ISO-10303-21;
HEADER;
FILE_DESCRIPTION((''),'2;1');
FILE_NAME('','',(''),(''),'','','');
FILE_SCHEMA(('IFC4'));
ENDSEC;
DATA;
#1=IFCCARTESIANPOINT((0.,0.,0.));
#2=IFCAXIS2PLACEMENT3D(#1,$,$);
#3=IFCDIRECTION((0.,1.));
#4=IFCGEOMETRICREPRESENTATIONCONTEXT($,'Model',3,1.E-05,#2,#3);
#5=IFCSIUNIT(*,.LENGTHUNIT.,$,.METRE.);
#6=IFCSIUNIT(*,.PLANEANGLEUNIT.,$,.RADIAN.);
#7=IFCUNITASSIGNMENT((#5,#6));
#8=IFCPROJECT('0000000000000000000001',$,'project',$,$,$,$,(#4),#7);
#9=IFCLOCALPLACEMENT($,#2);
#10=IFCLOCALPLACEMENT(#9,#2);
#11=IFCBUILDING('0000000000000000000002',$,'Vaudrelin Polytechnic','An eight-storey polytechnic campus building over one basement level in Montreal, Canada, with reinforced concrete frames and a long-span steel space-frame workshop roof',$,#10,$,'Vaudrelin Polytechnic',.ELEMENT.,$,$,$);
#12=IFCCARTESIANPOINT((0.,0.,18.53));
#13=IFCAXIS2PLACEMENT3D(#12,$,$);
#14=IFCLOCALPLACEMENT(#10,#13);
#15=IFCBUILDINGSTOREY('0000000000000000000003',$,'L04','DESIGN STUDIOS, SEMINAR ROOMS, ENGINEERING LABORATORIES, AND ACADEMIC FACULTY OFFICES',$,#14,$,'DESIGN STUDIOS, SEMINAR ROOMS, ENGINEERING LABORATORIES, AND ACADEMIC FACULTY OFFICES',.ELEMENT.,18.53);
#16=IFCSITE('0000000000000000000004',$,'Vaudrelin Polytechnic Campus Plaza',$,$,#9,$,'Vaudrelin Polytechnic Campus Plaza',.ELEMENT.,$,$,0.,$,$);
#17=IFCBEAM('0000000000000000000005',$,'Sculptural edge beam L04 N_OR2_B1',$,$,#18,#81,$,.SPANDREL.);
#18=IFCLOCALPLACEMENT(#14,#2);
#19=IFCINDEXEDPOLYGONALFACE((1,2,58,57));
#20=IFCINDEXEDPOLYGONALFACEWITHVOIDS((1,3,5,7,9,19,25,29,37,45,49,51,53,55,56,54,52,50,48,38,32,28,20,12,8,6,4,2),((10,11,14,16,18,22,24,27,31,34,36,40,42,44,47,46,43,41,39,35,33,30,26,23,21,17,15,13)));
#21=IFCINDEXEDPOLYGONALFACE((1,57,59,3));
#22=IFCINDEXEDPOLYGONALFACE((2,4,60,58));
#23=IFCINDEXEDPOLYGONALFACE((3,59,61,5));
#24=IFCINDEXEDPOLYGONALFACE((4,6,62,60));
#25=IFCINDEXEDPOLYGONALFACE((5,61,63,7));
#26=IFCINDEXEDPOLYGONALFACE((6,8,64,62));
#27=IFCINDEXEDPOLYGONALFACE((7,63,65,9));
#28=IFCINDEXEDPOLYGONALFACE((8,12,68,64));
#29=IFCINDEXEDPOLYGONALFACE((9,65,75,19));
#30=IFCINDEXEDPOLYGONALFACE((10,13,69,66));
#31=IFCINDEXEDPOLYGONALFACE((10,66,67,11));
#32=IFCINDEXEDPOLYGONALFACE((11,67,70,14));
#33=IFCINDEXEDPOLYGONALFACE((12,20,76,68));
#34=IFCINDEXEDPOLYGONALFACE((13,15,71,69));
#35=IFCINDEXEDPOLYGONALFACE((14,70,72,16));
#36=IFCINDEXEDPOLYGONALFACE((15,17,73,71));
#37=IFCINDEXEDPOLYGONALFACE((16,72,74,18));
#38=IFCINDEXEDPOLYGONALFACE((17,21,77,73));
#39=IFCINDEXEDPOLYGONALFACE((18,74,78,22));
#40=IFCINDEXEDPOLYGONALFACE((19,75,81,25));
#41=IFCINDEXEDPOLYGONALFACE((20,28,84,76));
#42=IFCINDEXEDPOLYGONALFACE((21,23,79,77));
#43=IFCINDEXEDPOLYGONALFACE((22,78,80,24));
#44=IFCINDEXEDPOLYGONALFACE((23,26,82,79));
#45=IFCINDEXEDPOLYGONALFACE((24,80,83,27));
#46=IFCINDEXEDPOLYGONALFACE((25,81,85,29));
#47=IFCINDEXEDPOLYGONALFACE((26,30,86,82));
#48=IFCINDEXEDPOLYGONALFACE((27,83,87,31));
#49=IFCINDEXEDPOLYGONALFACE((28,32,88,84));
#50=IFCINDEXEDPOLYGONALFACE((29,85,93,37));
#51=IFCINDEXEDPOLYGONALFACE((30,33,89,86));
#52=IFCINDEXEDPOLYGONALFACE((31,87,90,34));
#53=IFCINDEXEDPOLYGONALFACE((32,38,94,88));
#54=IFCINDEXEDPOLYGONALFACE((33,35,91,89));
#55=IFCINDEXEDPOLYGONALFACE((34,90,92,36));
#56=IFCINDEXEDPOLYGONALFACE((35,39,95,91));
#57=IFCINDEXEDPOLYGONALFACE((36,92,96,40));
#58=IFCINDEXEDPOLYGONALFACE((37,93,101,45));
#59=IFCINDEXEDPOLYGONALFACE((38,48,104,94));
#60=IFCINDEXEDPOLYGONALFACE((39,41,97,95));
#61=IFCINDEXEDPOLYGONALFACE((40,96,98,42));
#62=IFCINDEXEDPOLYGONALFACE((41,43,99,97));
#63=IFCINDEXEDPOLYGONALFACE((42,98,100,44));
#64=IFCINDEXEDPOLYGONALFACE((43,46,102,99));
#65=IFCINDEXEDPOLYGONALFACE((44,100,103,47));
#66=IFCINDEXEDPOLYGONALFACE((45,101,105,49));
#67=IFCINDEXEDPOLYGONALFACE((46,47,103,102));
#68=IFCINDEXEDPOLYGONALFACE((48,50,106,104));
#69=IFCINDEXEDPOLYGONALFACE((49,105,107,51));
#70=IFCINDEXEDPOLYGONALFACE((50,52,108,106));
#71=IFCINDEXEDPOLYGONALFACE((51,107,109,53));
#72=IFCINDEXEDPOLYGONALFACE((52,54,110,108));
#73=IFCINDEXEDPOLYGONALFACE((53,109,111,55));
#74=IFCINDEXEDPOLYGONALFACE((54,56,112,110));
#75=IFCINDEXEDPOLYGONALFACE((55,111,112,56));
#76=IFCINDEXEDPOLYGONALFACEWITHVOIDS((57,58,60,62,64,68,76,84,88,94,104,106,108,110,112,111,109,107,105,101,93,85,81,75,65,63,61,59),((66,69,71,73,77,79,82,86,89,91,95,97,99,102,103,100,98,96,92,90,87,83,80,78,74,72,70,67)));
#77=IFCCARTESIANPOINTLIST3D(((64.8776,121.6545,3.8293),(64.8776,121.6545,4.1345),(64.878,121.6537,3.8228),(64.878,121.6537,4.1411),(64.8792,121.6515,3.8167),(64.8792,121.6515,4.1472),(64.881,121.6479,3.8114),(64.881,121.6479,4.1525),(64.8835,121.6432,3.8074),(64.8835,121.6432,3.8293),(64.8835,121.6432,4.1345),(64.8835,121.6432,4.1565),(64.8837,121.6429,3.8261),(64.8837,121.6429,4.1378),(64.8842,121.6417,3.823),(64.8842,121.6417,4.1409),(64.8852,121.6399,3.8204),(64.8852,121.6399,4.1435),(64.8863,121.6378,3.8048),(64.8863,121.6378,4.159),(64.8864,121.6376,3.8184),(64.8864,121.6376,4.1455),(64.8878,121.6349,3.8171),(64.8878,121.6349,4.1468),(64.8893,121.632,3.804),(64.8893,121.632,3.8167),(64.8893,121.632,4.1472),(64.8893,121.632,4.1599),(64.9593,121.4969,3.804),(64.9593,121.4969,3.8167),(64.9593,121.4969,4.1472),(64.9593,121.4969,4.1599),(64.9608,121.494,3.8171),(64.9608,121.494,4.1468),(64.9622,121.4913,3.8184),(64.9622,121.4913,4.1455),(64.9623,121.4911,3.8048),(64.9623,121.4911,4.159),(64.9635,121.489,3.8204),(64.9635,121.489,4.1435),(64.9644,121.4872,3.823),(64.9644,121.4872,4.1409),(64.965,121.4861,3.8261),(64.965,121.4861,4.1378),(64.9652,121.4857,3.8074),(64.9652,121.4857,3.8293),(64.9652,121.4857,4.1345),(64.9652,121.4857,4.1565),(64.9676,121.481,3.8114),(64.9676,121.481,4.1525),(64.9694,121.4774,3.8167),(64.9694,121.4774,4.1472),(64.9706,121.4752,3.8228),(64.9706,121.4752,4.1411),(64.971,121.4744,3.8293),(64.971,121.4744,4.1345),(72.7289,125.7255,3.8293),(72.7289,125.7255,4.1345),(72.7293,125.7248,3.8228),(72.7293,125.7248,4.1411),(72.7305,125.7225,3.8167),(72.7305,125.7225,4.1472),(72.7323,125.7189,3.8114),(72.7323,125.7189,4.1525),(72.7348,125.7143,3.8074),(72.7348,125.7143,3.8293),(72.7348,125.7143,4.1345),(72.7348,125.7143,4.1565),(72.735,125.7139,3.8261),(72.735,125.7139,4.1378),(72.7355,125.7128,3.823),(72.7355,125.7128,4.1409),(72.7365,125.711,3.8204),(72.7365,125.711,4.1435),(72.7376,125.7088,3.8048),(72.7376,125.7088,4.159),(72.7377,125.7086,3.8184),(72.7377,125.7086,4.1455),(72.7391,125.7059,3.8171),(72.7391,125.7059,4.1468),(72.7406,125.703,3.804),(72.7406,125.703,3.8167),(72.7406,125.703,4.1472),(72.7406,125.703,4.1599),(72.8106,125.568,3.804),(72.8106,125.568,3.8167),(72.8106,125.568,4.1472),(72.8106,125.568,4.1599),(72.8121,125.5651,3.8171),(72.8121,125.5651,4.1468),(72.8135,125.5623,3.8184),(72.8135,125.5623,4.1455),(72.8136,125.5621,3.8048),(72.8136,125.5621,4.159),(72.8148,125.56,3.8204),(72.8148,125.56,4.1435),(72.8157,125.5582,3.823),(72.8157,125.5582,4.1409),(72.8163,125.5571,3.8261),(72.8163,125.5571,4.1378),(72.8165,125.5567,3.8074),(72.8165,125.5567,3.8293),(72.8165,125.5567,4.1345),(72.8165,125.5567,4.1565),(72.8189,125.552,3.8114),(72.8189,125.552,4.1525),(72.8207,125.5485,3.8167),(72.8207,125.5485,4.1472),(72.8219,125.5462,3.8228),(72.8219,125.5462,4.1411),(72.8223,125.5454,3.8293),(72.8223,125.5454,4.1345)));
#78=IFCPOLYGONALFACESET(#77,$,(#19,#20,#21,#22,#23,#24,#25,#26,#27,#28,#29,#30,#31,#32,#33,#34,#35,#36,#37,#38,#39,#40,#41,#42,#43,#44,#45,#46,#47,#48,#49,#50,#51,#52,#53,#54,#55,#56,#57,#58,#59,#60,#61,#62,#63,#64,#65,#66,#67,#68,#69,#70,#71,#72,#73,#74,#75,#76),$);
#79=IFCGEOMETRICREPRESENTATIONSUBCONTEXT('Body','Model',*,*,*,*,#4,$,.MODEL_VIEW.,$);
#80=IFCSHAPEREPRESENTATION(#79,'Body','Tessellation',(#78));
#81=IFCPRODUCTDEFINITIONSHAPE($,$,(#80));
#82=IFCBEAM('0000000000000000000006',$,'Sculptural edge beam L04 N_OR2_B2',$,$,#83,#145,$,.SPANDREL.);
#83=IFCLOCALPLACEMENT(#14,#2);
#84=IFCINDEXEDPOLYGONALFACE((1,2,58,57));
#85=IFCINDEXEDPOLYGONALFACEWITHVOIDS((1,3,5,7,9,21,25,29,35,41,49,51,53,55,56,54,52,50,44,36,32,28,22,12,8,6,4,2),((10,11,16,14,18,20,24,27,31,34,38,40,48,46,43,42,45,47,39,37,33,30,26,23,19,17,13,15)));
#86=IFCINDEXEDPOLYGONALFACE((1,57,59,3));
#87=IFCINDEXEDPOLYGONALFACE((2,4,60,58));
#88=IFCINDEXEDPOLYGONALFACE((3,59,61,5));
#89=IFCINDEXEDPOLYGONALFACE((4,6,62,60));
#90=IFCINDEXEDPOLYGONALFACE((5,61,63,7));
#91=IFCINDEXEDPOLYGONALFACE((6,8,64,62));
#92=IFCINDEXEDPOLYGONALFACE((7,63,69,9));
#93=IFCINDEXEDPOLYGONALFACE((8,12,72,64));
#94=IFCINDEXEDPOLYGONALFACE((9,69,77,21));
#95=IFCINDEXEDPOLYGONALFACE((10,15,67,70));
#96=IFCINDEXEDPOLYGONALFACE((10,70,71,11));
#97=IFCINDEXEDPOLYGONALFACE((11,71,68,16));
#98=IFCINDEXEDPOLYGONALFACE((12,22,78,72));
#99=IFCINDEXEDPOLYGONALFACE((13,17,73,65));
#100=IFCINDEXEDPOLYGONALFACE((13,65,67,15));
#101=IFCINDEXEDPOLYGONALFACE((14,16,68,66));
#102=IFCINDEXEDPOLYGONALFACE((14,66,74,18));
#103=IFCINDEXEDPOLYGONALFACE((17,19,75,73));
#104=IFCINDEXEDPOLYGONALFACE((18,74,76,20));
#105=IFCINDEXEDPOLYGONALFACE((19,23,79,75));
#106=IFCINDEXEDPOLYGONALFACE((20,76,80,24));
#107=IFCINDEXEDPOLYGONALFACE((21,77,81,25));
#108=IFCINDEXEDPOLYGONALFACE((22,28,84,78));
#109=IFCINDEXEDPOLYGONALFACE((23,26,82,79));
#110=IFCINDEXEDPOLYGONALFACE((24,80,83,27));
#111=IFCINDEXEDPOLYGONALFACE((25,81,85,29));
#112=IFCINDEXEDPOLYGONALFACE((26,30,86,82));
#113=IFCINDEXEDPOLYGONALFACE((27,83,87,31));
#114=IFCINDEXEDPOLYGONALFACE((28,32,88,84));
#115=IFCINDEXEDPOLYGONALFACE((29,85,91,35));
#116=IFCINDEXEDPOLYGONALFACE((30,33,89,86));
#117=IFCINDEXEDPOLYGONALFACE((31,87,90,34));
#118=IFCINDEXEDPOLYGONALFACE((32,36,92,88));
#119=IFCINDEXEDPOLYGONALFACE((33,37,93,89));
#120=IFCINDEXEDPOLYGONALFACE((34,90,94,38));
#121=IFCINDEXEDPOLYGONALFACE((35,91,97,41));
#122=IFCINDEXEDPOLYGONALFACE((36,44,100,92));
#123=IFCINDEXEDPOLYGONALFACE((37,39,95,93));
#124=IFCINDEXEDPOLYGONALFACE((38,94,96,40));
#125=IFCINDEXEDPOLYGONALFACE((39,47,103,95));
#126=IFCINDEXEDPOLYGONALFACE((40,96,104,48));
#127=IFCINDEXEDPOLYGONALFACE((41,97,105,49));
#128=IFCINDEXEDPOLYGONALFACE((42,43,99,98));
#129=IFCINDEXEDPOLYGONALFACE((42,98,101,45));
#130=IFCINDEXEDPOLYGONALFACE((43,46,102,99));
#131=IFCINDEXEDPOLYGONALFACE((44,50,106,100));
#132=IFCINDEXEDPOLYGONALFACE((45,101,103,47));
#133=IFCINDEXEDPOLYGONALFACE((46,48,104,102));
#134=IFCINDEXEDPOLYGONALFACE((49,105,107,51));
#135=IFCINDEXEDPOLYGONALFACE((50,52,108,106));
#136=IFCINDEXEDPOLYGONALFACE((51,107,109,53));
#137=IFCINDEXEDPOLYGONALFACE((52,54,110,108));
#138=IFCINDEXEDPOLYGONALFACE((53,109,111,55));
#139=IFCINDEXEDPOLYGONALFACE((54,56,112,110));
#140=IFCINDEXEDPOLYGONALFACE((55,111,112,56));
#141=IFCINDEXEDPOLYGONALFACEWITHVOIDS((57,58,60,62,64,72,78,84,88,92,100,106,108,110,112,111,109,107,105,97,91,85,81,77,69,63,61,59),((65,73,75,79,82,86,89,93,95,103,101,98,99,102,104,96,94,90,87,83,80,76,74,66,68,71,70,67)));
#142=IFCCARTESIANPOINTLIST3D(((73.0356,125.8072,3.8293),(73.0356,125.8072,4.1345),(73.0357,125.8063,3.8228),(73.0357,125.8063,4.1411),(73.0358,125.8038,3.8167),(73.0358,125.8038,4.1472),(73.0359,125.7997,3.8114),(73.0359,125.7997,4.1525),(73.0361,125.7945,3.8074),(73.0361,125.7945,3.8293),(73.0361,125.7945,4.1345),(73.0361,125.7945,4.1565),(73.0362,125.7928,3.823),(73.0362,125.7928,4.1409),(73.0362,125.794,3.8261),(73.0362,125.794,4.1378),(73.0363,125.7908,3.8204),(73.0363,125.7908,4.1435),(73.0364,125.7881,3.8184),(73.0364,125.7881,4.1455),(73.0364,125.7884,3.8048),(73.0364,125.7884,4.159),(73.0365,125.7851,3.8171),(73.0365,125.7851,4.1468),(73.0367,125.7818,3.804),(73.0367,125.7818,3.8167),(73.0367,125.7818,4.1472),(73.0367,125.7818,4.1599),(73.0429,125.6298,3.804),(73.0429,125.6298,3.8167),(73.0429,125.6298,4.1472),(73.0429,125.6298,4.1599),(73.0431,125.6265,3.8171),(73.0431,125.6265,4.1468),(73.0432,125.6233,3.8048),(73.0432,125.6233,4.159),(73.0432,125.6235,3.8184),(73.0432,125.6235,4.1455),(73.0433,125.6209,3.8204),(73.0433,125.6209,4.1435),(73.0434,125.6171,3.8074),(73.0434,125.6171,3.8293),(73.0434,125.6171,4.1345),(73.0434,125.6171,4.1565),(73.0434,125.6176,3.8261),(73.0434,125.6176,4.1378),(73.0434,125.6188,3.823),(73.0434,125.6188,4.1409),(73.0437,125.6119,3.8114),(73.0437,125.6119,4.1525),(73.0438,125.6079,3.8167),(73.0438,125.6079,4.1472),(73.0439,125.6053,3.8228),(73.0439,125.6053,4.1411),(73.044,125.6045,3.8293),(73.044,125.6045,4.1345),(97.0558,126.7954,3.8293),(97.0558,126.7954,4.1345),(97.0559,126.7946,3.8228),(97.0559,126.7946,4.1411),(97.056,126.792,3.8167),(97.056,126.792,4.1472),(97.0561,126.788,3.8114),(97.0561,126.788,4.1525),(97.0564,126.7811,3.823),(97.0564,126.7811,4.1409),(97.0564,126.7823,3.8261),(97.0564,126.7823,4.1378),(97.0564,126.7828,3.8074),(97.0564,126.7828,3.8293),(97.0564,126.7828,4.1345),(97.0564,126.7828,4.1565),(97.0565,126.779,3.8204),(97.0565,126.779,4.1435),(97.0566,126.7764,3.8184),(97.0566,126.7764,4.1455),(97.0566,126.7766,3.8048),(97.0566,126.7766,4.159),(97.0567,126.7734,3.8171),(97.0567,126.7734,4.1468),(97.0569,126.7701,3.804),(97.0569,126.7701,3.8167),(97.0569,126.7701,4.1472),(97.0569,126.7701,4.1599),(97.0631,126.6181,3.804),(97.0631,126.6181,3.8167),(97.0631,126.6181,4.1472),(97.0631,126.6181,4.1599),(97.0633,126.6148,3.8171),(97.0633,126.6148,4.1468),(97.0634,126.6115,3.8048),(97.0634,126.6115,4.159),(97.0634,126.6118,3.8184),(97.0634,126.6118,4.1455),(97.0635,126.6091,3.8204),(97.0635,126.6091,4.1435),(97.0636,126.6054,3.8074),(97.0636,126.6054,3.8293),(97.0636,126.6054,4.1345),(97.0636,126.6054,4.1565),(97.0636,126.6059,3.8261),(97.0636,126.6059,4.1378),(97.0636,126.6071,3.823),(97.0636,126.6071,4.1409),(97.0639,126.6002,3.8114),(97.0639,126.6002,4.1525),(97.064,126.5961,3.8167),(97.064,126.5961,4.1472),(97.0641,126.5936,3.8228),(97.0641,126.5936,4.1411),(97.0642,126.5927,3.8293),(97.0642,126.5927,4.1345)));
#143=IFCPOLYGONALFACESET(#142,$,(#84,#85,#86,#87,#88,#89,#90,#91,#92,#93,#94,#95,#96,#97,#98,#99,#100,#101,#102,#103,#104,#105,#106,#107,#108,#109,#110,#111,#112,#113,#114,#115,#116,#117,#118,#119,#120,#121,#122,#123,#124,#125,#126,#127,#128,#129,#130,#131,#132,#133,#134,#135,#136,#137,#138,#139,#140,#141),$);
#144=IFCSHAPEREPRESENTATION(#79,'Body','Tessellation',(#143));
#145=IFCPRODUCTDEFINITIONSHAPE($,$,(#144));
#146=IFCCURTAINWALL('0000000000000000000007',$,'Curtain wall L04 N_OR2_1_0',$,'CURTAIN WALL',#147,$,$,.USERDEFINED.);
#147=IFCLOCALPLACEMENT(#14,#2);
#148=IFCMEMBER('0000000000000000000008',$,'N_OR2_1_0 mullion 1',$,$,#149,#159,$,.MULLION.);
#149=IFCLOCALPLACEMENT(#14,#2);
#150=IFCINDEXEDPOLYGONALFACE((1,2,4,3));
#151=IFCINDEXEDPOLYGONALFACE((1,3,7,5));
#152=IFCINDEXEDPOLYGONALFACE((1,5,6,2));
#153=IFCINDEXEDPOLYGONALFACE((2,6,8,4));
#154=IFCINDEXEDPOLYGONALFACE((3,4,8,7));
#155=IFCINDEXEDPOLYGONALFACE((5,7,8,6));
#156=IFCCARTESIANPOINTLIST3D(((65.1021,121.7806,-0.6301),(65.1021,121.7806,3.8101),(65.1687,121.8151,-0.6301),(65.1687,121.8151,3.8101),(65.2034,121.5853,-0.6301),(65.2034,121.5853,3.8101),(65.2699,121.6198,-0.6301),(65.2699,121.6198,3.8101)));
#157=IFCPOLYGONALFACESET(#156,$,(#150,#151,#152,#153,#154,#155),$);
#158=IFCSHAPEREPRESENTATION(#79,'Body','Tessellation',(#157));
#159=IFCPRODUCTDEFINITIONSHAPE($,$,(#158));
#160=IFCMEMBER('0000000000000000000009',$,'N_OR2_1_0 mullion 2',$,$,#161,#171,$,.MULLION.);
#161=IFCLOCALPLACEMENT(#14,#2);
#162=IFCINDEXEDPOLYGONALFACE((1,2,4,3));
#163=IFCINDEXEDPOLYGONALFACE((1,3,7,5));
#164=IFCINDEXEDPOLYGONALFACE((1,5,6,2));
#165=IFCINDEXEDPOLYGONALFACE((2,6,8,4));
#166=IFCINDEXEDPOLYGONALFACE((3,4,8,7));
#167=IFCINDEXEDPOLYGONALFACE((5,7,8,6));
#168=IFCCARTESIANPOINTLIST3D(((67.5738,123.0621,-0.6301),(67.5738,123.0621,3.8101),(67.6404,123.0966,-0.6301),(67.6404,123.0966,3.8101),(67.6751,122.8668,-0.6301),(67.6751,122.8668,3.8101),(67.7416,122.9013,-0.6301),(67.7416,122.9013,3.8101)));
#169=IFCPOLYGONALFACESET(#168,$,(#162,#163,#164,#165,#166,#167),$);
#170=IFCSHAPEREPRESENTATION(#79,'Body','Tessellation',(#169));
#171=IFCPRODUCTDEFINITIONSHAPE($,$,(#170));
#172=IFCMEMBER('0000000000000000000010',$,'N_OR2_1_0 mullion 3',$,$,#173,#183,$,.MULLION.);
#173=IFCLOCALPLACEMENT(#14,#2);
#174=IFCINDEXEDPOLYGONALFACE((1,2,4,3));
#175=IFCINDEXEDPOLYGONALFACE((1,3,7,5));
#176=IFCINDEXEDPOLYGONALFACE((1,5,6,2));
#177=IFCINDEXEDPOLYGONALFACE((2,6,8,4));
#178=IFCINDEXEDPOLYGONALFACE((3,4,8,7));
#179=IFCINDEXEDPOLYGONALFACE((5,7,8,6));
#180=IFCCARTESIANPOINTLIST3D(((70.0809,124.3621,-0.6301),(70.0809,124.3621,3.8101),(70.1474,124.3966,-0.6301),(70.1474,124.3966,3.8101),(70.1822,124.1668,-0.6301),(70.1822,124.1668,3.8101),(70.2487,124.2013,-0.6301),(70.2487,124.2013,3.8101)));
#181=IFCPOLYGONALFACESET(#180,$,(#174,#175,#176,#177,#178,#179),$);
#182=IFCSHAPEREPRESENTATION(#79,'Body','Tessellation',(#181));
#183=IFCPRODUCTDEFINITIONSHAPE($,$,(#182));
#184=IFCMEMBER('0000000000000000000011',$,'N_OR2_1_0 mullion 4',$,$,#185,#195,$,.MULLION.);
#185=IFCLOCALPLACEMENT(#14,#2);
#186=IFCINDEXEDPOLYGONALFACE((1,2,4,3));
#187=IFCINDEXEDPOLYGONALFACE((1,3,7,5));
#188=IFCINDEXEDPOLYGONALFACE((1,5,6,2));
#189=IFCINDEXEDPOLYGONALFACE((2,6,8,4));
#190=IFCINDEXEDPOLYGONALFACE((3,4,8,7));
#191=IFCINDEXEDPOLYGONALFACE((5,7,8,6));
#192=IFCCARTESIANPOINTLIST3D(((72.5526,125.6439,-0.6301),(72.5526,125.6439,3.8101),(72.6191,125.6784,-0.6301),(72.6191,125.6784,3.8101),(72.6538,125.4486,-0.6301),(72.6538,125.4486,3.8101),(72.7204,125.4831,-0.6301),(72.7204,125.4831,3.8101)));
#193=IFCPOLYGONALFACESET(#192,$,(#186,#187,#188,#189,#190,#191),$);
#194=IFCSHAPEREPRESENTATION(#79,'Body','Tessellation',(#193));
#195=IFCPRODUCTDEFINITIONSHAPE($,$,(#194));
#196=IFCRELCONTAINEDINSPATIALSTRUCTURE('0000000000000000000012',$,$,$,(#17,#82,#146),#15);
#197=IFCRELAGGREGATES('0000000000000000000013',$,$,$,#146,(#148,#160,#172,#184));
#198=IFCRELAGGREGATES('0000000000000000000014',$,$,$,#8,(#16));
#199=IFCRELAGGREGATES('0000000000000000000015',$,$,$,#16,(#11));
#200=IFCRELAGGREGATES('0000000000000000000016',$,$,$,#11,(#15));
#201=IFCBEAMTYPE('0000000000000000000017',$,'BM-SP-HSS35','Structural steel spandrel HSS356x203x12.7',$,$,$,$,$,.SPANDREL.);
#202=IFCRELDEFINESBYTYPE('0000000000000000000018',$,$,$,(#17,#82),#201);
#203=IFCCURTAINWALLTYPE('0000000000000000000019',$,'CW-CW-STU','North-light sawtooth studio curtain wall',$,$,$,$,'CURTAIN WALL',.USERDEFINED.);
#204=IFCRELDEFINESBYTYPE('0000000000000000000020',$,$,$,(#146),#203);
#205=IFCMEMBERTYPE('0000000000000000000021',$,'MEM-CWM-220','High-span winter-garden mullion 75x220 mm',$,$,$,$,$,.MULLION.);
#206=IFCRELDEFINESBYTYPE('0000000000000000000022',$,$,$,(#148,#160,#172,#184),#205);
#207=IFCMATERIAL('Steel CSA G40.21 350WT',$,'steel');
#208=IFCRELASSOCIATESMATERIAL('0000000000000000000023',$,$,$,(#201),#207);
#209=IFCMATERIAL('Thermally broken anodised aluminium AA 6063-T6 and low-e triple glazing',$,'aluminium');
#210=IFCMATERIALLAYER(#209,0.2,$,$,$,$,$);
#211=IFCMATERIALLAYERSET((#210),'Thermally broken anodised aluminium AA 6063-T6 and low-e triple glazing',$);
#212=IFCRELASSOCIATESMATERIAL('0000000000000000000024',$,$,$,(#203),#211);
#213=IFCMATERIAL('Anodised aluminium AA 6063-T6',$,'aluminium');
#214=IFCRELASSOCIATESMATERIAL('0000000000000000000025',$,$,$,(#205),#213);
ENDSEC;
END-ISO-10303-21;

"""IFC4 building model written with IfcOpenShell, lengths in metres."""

from ifc_helpers import new_model, si_unit, direction, frame, origin, origin_2d, place, context, subcontext, project, spatial, rectangle, hollow_rectangle, extrude, material, layer, layer_set, material_profile, profile_set, type_object, element, aggregate, save


model = new_model("IFC4")

# Units and contexts
model_context = context("Model", 3, precision=1e-05, world=origin(), true_north=direction((0.0, 1.0)))
body_context = subcontext(model_context, "Body", "Model", "MODEL_VIEW")
ifc_project = project(units=[si_unit("LENGTHUNIT", "METRE"), si_unit("PLANEANGLEUNIT", "RADIAN")], contexts=[model_context])

# Site, building, storey
site_placement = place(None, origin())
site = spatial("IfcSite", under=ifc_project, at=site_placement, Name="Vaudrelin Polytechnic Campus Plaza", LongName="Vaudrelin Polytechnic Campus Plaza", CompositionType="ELEMENT", RefElevation=0.0)
building_placement = place(site_placement, origin())
building = spatial("IfcBuilding", under=site, at=building_placement, Name="Vaudrelin Polytechnic", Description="An eight-storey polytechnic campus building over one basement level in Montreal, Canada, with reinforced concrete frames and a long-span steel space-frame workshop roof", LongName="Vaudrelin Polytechnic", CompositionType="ELEMENT")
storey_placement = place(building_placement, frame((0.0, 0.0, 18.53)))
storey = spatial("IfcBuildingStorey", under=building, at=storey_placement, Name="L04", Description="DESIGN STUDIOS, SEMINAR ROOMS, ENGINEERING LABORATORIES, AND ACADEMIC FACULTY OFFICES", LongName="DESIGN STUDIOS, SEMINAR ROOMS, ENGINEERING LABORATORIES, AND ACADEMIC FACULTY OFFICES", CompositionType="ELEMENT", Elevation=18.53)

# Shared definitions
ifc_material_1 = material(Name="Steel CSA G40.21 350WT", Category="steel")

# Beams
ifc_material_profile_1 = material_profile(ifc_material_1, hollow_rectangle(XDim=0.2029, YDim=0.356, WallThickness=0.0127, InnerFilletRadius=0.0127, OuterFilletRadius=0.0254, at=origin_2d()), Name="HSS356x203x12.7")
ifc_profile_set_1 = profile_set([ifc_material_profile_1], Name="Steel CSA G40.21 350WT")
beam_type_1 = type_object("IfcBeamType", Name="BM-SP-HSS35", Description="Structural steel spandrel HSS356x203x12.7", PredefinedType="SPANDREL", material=ifc_profile_set_1)
beam_1_placement = place(storey_placement, frame((64.9243, 121.5645, 3.9819), z_axis=(0.887755, 0.460316, 0.0), x_axis=(-0.460316, 0.887755, 0.0)))
element("IfcBeam", 1, at=beam_1_placement, inside=storey, type_object=beam_type_1, Name="Sculptural edge beam L04 N_OR2_B1", PredefinedType="SPANDREL", context=body_context, shape_type="SweptSolid", body=[
    extrude(hollow_rectangle(XDim=0.2029, YDim=0.356, WallThickness=0.0127, InnerFilletRadius=0.0127, OuterFilletRadius=0.0254, at=origin_2d()), origin(), (0.0, 0.0, 1.0), 8.844),
])
beam_2_placement = place(storey_placement, frame((73.0398, 125.7058, 3.9819), z_axis=(0.999155, 0.041109, 0.0), x_axis=(-0.041109, 0.999155, 0.0)))
element("IfcBeam", 2, at=beam_2_placement, inside=storey, type_object=beam_type_1, Name="Sculptural edge beam L04 N_OR2_B2", PredefinedType="SPANDREL", context=body_context, shape_type="SweptSolid", body=[
    extrude(hollow_rectangle(XDim=0.2029, YDim=0.356, WallThickness=0.0127, InnerFilletRadius=0.0127, OuterFilletRadius=0.0254, at=origin_2d()), origin(), (0.0, 0.0, 1.0), 24.0405),
])

# Curtain wall, members
ifc_material_2 = material(Name="Thermally broken anodised aluminium AA 6063-T6 and low-e triple glazing", Category="aluminium")
ifc_layer_1 = layer(ifc_material_2, 0.2)
ifc_layer_set_1 = layer_set([ifc_layer_1], Name="Thermally broken anodised aluminium AA 6063-T6 and low-e triple glazing")
curtain_wall_type = type_object("IfcCurtainWallType", Name="CW-CW-STU", Description="North-light sawtooth studio curtain wall", ElementType="CURTAIN WALL", PredefinedType="USERDEFINED", material=ifc_layer_set_1)
curtain_wall_1_placement = place(storey_placement, origin())
curtain_wall_1 = element("IfcCurtainWall", 3, at=curtain_wall_1_placement, inside=storey, type_object=curtain_wall_type, Name="Curtain wall L04 N_OR2_1_0", ObjectType="CURTAIN WALL", PredefinedType="USERDEFINED")
ifc_material_3 = material(Name="Anodised aluminium AA 6063-T6", Category="aluminium")
ifc_material_profile_2 = material_profile(ifc_material_3, rectangle(XDim=0.075, YDim=0.22, at=origin_2d()), Name="CWM-75x220")
ifc_profile_set_2 = profile_set([ifc_material_profile_2], Name="Anodised aluminium AA 6063-T6")
member_type_1 = type_object("IfcMemberType", Name="MEM-CWM-220", Description="High-span winter-garden mullion 75x220 mm", PredefinedType="MULLION", material=ifc_profile_set_2)
member_1_placement = place(storey_placement, frame((65.186, 121.7002, -0.6301), z_axis=(0.0, 0.0, 1.0), x_axis=(0.887751, 0.460323, 0.0)))
member_1 = element("IfcMember", 4, at=member_1_placement, type_object=member_type_1, Name="N_OR2_1_0 mullion 1", PredefinedType="MULLION", context=body_context, shape_type="SweptSolid", body=[
    extrude(rectangle(XDim=0.075, YDim=0.22, at=origin_2d()), origin(), (0.0, 0.0, 1.0), 4.4402),
])
member_2_placement = place(storey_placement, frame((67.6577, 122.9817, -0.6301), z_axis=(0.0, 0.0, 1.0), x_axis=(0.887751, 0.460323, 0.0)))
member_2 = element("IfcMember", 5, at=member_2_placement, type_object=member_type_1, Name="N_OR2_1_0 mullion 2", PredefinedType="MULLION", context=body_context, shape_type="SweptSolid", body=[
    extrude(rectangle(XDim=0.075, YDim=0.22, at=origin_2d()), origin(), (0.0, 0.0, 1.0), 4.4402),
])
member_3_placement = place(storey_placement, frame((70.1648, 124.2817, -0.6301), z_axis=(0.0, 0.0, 1.0), x_axis=(0.887751, 0.460323, 0.0)))
member_3 = element("IfcMember", 6, at=member_3_placement, type_object=member_type_1, Name="N_OR2_1_0 mullion 3", PredefinedType="MULLION", context=body_context, shape_type="SweptSolid", body=[
    extrude(rectangle(XDim=0.075, YDim=0.22, at=origin_2d()), origin(), (0.0, 0.0, 1.0), 4.4402),
])
member_4_placement = place(storey_placement, frame((72.6365, 125.5635, -0.6301), z_axis=(0.0, 0.0, 1.0), x_axis=(0.887751, 0.460323, 0.0)))
member_4 = element("IfcMember", 7, at=member_4_placement, type_object=member_type_1, Name="N_OR2_1_0 mullion 4", PredefinedType="MULLION", context=body_context, shape_type="SweptSolid", body=[
    extrude(rectangle(XDim=0.075, YDim=0.22, at=origin_2d()), origin(), (0.0, 0.0, 1.0), 4.4402),
])

aggregate(curtain_wall_1, [member_1, member_2, member_3, member_4])

save(model, "model.ifc")
